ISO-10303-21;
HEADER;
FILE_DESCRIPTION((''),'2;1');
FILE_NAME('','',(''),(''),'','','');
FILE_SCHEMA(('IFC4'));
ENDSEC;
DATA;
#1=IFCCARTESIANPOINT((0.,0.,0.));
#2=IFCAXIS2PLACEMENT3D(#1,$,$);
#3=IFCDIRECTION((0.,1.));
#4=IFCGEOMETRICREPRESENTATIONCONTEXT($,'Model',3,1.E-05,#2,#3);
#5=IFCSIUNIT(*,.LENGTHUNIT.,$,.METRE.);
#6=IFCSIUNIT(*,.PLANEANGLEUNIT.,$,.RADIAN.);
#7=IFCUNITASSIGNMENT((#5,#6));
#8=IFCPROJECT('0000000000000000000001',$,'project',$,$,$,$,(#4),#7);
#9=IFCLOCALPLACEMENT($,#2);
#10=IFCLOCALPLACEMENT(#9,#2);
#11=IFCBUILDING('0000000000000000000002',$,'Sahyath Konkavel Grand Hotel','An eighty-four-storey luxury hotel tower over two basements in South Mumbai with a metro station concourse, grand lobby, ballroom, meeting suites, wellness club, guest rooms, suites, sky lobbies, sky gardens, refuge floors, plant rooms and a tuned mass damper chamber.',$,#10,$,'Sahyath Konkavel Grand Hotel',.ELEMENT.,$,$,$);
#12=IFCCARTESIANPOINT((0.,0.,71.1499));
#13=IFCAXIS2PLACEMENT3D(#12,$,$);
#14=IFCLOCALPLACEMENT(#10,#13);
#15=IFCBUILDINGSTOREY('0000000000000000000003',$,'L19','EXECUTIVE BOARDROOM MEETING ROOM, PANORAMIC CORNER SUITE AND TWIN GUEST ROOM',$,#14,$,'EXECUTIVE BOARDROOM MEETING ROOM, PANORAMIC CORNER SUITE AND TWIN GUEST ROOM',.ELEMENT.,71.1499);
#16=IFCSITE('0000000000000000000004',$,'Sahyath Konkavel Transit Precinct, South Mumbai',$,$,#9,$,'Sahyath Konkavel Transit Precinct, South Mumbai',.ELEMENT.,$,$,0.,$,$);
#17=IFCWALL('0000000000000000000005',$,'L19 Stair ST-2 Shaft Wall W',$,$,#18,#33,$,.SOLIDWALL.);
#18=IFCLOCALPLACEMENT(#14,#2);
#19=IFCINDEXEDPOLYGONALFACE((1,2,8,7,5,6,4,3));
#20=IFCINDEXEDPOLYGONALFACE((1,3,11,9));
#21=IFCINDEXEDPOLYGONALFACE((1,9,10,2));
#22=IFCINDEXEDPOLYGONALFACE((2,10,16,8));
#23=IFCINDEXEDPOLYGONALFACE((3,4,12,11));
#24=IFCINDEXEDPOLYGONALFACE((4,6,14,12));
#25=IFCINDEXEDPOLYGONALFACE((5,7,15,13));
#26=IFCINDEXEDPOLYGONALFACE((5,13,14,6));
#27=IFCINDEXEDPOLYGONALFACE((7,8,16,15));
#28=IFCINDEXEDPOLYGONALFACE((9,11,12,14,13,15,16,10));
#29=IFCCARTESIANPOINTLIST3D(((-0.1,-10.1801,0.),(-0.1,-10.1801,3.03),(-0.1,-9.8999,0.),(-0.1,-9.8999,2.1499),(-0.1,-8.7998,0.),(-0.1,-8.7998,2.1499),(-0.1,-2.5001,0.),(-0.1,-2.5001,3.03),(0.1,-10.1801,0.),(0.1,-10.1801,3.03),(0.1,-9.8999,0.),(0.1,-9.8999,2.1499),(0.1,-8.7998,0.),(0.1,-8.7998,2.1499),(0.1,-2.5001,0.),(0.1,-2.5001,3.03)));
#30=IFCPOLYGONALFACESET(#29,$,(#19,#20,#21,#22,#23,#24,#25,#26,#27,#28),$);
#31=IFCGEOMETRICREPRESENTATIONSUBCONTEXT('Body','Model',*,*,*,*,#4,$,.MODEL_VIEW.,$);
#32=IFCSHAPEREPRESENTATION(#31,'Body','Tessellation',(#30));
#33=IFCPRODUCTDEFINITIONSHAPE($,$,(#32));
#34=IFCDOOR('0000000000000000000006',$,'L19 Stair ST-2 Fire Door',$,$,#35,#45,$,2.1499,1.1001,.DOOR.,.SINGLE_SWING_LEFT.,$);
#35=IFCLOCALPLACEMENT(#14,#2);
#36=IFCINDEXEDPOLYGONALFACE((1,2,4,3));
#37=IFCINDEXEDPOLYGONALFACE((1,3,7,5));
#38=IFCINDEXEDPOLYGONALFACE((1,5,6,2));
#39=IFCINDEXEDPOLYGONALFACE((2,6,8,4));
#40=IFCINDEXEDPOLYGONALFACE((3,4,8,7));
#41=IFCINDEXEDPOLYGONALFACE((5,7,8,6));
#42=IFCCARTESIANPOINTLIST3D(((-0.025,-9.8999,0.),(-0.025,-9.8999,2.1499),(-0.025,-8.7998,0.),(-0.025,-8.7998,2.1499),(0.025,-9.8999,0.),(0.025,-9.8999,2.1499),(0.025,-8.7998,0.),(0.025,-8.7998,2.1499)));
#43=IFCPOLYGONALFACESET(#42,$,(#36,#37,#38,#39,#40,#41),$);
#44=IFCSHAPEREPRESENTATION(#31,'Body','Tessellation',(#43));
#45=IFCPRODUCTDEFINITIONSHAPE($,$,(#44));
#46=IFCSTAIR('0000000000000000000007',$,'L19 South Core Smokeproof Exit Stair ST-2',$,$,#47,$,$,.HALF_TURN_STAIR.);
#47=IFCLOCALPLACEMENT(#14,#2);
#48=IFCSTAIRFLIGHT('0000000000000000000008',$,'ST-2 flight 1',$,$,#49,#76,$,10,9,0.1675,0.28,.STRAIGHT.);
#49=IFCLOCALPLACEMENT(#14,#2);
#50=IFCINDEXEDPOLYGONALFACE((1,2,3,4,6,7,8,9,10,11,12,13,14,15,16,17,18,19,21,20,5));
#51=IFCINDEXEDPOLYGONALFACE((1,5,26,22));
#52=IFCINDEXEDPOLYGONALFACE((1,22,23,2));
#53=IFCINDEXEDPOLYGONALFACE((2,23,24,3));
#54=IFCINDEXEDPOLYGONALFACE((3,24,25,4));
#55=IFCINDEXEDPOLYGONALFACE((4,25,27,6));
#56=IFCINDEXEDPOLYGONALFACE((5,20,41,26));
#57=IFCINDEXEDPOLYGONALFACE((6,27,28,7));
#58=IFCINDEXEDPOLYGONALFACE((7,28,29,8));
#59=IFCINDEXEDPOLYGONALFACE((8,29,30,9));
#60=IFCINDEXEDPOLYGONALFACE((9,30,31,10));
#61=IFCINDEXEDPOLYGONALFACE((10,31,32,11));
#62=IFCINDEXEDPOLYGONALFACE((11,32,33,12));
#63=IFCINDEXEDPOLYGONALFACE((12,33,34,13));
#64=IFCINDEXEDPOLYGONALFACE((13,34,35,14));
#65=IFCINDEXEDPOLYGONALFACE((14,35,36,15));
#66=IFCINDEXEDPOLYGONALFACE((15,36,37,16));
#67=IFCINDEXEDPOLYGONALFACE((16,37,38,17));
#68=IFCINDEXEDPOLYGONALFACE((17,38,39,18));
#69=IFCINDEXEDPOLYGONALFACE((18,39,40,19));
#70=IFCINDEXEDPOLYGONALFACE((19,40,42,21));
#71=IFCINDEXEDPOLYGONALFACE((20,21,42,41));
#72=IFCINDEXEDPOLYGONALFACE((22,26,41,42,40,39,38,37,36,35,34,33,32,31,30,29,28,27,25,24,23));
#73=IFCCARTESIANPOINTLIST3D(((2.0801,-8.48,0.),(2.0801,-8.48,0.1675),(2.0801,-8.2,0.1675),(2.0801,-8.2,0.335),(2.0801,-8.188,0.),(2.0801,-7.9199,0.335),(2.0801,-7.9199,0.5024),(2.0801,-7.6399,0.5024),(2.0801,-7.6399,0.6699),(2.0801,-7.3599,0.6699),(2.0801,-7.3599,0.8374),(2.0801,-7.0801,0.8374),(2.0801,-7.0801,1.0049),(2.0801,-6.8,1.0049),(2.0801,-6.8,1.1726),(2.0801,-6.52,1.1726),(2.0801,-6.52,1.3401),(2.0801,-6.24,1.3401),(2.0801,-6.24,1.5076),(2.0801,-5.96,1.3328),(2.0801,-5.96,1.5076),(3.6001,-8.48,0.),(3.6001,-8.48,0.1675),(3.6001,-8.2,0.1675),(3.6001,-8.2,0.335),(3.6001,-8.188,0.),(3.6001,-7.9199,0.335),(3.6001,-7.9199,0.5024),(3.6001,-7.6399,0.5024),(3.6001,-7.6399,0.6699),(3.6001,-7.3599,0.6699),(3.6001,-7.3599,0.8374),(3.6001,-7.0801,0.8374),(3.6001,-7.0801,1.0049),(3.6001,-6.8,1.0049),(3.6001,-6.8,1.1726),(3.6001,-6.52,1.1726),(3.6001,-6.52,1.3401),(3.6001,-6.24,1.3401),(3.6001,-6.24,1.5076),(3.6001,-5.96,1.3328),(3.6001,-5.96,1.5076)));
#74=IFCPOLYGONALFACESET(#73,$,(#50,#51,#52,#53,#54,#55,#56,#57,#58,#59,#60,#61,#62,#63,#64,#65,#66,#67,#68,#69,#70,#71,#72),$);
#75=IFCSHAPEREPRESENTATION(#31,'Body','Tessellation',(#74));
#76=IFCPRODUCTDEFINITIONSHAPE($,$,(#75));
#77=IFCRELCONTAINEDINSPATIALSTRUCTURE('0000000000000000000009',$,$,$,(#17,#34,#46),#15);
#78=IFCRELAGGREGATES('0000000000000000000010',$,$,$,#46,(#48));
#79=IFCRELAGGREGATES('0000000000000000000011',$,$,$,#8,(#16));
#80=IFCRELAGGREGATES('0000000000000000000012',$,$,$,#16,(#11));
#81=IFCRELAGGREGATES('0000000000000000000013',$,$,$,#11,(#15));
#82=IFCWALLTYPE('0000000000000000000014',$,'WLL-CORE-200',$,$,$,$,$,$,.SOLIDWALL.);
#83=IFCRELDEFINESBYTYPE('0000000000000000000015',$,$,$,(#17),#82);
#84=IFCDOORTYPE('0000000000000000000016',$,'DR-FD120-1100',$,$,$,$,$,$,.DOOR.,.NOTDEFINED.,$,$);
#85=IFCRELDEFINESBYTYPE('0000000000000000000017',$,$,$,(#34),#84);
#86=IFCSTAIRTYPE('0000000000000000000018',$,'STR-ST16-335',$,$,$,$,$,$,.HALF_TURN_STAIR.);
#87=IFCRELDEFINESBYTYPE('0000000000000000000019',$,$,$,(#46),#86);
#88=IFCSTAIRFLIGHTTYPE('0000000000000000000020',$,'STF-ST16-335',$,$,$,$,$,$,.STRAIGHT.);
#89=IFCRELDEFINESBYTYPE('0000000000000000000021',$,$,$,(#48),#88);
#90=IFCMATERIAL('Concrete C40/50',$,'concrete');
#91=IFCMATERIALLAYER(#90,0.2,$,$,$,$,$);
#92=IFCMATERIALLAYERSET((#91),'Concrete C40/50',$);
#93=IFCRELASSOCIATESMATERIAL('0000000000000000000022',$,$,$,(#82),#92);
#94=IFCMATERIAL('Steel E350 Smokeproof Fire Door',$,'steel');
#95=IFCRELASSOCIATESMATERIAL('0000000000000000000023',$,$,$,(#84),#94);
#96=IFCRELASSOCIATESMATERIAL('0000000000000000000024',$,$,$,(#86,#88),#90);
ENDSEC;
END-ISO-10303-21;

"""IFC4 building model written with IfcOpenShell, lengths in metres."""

from ifc_helpers import new_model, si_unit, direction, frame, frame_2d, origin, origin_2d, place, context, subcontext, project, spatial, polyline, rectangle, outline, extrude, source, transform, mapped, material, layer, layer_set, type_object, element, fill, aggregate, save


model = new_model("IFC4")

# Units and contexts
model_context = context("Model", 3, precision=1e-05, world=origin(), true_north=direction((0.0, 1.0)))
body_context = subcontext(model_context, "Body", "Model", "MODEL_VIEW")
ifc_project = project(units=[si_unit("LENGTHUNIT", "METRE"), si_unit("PLANEANGLEUNIT", "RADIAN")], contexts=[model_context])

# Site, building, storey
site_placement = place(None, origin())
site = spatial("IfcSite", under=ifc_project, at=site_placement, Name="Sahyath Konkavel Transit Precinct, South Mumbai", LongName="Sahyath Konkavel Transit Precinct, South Mumbai", CompositionType="ELEMENT", RefElevation=0.0)
building_placement = place(site_placement, origin())
building = spatial("IfcBuilding", under=site, at=building_placement, Name="Sahyath Konkavel Grand Hotel", Description="An eighty-four-storey luxury hotel tower over two basements in South Mumbai with a metro station concourse, grand lobby, ballroom, meeting suites, wellness club, guest rooms, suites, sky lobbies, sky gardens, refuge floors, plant rooms and a tuned mass damper chamber.", LongName="Sahyath Konkavel Grand Hotel", CompositionType="ELEMENT")
storey_placement = place(building_placement, frame((0.0, 0.0, 71.1499)))
storey = spatial("IfcBuildingStorey", under=building, at=storey_placement, Name="L19", Description="EXECUTIVE BOARDROOM MEETING ROOM, PANORAMIC CORNER SUITE AND TWIN GUEST ROOM", LongName="EXECUTIVE BOARDROOM MEETING ROOM, PANORAMIC CORNER SUITE AND TWIN GUEST ROOM", CompositionType="ELEMENT", Elevation=71.1499)

# Wall, opening, door
ifc_material_1 = material(Name="Concrete C40/50", Category="concrete")
ifc_layer_1 = layer(ifc_material_1, 0.2)
ifc_layer_set_1 = layer_set([ifc_layer_1], Name="Concrete C40/50")
wall_type_1 = type_object("IfcWallType", Name="WLL-CORE-200", PredefinedType="SOLIDWALL", material=ifc_layer_set_1)
wall_1_placement = place(storey_placement, frame((0.0, -10.1799, 0.0), z_axis=(0.0, 0.0, 1.0), x_axis=(0.0, 1.0, 0.0)))
wall_1 = element("IfcWall", 1, at=wall_1_placement, inside=storey, type_object=wall_type_1, Name="L19 Stair ST-2 Shaft Wall W", PredefinedType="SOLIDWALL", context=body_context, shape_type="SweptSolid", body=[
    extrude(rectangle(XDim=7.6799, YDim=0.2, at=frame_2d((3.8398, 0.0))), origin(), (0.0, 0.0, 1.0), 3.03),
])
opening_placement = place(wall_1_placement, frame((0.28, 0.0, 0.0)))
opening = element("IfcOpeningElement", 2, at=opening_placement, cuts=wall_1, PredefinedType="OPENING", context=body_context, shape_type="SweptSolid", body=[
    extrude(rectangle(XDim=1.1001, YDim=2.1499, at=frame_2d((0.55, 1.075))), frame((0.0, 0.1099, 0.0), z_axis=(0.0, -1.0, 0.0), x_axis=(1.0, 0.0, 0.0)), (0.0, 0.0, 1.0), 0.22),
])
ifc_material_2 = material(Name="Steel E350 Smokeproof Fire Door", Category="steel")
door_type = type_object("IfcDoorType", Name="DR-FD120-1100", OperationType="NOTDEFINED", PredefinedType="DOOR", material=ifc_material_2)
shared_shape_1 = source(origin(), body_context, "Body", "SweptSolid", [
    extrude(rectangle(XDim=1.1001, YDim=0.05, at=origin_2d()), origin(), (0.0, 0.0, 1.0), 2.1499),
])
door_placement = place(opening_placement, frame((0.55, 0.0, 0.0)))
door = element("IfcDoor", 3, at=door_placement, inside=storey, type_object=door_type, Name="L19 Stair ST-2 Fire Door", OperationType="SINGLE_SWING_LEFT", OverallHeight=2.1499, OverallWidth=1.1001, PredefinedType="DOOR", context=body_context, shape_type="MappedRepresentation", body=[
    mapped(shared_shape_1, transform((0.0, 0.0, 0.0), scale=1.0)),
])
fill(opening, door)

# Stair, stair flight
stair_type = type_object("IfcStairType", Name="STR-ST16-335", PredefinedType="HALF_TURN_STAIR", material=ifc_material_1)
stair_placement = place(storey_placement, origin())
stair = element("IfcStair", 4, at=stair_placement, inside=storey, type_object=stair_type, Name="L19 South Core Smokeproof Exit Stair ST-2", PredefinedType="HALF_TURN_STAIR")
stair_flight_type = type_object("IfcStairFlightType", Name="STF-ST16-335", PredefinedType="STRAIGHT", material=ifc_material_1)
stair_flight_placement = place(storey_placement, frame((2.8401, -8.48, 0.0), z_axis=(0.0, 0.0, 1.0), x_axis=(0.0, 1.0, 0.0)))
stair_flight = element("IfcStairFlight", 5, at=stair_flight_placement, type_object=stair_flight_type, Name="ST-2 flight 1", NumberOfRisers=10, NumberOfTreads=9, PredefinedType="STRAIGHT", RiserHeight=0.1675, TreadLength=0.28, context=body_context, shape_type="SweptSolid", body=[
    extrude(outline(polyline([(0.0, 0.0), (0.0, 0.1675), (0.28, 0.1675), (0.28, 0.335), (0.5601, 0.335), (0.5601, 0.5024), (0.8401, 0.5024), (0.8401, 0.6699), (1.1201, 0.6699), (1.1201, 0.8374), (1.3999, 0.8374), (1.3999, 1.0049), (1.6799, 1.0049), (1.6799, 1.1726), (1.96, 1.1726), (1.96, 1.3401), (2.24, 1.3401), (2.24, 1.5076), (2.52, 1.5076), (2.52, 1.675), (2.52, 1.3328), (0.292, 0.0), (0.0, 0.0)])), frame((0.0, 0.76, 0.0), z_axis=(0.0, -1.0, 0.0), x_axis=(1.0, 0.0, 0.0)), (0.0, 0.0, 1.0), 1.52),
])
aggregate(stair, [stair_flight])

save(model, "model.ifc")
